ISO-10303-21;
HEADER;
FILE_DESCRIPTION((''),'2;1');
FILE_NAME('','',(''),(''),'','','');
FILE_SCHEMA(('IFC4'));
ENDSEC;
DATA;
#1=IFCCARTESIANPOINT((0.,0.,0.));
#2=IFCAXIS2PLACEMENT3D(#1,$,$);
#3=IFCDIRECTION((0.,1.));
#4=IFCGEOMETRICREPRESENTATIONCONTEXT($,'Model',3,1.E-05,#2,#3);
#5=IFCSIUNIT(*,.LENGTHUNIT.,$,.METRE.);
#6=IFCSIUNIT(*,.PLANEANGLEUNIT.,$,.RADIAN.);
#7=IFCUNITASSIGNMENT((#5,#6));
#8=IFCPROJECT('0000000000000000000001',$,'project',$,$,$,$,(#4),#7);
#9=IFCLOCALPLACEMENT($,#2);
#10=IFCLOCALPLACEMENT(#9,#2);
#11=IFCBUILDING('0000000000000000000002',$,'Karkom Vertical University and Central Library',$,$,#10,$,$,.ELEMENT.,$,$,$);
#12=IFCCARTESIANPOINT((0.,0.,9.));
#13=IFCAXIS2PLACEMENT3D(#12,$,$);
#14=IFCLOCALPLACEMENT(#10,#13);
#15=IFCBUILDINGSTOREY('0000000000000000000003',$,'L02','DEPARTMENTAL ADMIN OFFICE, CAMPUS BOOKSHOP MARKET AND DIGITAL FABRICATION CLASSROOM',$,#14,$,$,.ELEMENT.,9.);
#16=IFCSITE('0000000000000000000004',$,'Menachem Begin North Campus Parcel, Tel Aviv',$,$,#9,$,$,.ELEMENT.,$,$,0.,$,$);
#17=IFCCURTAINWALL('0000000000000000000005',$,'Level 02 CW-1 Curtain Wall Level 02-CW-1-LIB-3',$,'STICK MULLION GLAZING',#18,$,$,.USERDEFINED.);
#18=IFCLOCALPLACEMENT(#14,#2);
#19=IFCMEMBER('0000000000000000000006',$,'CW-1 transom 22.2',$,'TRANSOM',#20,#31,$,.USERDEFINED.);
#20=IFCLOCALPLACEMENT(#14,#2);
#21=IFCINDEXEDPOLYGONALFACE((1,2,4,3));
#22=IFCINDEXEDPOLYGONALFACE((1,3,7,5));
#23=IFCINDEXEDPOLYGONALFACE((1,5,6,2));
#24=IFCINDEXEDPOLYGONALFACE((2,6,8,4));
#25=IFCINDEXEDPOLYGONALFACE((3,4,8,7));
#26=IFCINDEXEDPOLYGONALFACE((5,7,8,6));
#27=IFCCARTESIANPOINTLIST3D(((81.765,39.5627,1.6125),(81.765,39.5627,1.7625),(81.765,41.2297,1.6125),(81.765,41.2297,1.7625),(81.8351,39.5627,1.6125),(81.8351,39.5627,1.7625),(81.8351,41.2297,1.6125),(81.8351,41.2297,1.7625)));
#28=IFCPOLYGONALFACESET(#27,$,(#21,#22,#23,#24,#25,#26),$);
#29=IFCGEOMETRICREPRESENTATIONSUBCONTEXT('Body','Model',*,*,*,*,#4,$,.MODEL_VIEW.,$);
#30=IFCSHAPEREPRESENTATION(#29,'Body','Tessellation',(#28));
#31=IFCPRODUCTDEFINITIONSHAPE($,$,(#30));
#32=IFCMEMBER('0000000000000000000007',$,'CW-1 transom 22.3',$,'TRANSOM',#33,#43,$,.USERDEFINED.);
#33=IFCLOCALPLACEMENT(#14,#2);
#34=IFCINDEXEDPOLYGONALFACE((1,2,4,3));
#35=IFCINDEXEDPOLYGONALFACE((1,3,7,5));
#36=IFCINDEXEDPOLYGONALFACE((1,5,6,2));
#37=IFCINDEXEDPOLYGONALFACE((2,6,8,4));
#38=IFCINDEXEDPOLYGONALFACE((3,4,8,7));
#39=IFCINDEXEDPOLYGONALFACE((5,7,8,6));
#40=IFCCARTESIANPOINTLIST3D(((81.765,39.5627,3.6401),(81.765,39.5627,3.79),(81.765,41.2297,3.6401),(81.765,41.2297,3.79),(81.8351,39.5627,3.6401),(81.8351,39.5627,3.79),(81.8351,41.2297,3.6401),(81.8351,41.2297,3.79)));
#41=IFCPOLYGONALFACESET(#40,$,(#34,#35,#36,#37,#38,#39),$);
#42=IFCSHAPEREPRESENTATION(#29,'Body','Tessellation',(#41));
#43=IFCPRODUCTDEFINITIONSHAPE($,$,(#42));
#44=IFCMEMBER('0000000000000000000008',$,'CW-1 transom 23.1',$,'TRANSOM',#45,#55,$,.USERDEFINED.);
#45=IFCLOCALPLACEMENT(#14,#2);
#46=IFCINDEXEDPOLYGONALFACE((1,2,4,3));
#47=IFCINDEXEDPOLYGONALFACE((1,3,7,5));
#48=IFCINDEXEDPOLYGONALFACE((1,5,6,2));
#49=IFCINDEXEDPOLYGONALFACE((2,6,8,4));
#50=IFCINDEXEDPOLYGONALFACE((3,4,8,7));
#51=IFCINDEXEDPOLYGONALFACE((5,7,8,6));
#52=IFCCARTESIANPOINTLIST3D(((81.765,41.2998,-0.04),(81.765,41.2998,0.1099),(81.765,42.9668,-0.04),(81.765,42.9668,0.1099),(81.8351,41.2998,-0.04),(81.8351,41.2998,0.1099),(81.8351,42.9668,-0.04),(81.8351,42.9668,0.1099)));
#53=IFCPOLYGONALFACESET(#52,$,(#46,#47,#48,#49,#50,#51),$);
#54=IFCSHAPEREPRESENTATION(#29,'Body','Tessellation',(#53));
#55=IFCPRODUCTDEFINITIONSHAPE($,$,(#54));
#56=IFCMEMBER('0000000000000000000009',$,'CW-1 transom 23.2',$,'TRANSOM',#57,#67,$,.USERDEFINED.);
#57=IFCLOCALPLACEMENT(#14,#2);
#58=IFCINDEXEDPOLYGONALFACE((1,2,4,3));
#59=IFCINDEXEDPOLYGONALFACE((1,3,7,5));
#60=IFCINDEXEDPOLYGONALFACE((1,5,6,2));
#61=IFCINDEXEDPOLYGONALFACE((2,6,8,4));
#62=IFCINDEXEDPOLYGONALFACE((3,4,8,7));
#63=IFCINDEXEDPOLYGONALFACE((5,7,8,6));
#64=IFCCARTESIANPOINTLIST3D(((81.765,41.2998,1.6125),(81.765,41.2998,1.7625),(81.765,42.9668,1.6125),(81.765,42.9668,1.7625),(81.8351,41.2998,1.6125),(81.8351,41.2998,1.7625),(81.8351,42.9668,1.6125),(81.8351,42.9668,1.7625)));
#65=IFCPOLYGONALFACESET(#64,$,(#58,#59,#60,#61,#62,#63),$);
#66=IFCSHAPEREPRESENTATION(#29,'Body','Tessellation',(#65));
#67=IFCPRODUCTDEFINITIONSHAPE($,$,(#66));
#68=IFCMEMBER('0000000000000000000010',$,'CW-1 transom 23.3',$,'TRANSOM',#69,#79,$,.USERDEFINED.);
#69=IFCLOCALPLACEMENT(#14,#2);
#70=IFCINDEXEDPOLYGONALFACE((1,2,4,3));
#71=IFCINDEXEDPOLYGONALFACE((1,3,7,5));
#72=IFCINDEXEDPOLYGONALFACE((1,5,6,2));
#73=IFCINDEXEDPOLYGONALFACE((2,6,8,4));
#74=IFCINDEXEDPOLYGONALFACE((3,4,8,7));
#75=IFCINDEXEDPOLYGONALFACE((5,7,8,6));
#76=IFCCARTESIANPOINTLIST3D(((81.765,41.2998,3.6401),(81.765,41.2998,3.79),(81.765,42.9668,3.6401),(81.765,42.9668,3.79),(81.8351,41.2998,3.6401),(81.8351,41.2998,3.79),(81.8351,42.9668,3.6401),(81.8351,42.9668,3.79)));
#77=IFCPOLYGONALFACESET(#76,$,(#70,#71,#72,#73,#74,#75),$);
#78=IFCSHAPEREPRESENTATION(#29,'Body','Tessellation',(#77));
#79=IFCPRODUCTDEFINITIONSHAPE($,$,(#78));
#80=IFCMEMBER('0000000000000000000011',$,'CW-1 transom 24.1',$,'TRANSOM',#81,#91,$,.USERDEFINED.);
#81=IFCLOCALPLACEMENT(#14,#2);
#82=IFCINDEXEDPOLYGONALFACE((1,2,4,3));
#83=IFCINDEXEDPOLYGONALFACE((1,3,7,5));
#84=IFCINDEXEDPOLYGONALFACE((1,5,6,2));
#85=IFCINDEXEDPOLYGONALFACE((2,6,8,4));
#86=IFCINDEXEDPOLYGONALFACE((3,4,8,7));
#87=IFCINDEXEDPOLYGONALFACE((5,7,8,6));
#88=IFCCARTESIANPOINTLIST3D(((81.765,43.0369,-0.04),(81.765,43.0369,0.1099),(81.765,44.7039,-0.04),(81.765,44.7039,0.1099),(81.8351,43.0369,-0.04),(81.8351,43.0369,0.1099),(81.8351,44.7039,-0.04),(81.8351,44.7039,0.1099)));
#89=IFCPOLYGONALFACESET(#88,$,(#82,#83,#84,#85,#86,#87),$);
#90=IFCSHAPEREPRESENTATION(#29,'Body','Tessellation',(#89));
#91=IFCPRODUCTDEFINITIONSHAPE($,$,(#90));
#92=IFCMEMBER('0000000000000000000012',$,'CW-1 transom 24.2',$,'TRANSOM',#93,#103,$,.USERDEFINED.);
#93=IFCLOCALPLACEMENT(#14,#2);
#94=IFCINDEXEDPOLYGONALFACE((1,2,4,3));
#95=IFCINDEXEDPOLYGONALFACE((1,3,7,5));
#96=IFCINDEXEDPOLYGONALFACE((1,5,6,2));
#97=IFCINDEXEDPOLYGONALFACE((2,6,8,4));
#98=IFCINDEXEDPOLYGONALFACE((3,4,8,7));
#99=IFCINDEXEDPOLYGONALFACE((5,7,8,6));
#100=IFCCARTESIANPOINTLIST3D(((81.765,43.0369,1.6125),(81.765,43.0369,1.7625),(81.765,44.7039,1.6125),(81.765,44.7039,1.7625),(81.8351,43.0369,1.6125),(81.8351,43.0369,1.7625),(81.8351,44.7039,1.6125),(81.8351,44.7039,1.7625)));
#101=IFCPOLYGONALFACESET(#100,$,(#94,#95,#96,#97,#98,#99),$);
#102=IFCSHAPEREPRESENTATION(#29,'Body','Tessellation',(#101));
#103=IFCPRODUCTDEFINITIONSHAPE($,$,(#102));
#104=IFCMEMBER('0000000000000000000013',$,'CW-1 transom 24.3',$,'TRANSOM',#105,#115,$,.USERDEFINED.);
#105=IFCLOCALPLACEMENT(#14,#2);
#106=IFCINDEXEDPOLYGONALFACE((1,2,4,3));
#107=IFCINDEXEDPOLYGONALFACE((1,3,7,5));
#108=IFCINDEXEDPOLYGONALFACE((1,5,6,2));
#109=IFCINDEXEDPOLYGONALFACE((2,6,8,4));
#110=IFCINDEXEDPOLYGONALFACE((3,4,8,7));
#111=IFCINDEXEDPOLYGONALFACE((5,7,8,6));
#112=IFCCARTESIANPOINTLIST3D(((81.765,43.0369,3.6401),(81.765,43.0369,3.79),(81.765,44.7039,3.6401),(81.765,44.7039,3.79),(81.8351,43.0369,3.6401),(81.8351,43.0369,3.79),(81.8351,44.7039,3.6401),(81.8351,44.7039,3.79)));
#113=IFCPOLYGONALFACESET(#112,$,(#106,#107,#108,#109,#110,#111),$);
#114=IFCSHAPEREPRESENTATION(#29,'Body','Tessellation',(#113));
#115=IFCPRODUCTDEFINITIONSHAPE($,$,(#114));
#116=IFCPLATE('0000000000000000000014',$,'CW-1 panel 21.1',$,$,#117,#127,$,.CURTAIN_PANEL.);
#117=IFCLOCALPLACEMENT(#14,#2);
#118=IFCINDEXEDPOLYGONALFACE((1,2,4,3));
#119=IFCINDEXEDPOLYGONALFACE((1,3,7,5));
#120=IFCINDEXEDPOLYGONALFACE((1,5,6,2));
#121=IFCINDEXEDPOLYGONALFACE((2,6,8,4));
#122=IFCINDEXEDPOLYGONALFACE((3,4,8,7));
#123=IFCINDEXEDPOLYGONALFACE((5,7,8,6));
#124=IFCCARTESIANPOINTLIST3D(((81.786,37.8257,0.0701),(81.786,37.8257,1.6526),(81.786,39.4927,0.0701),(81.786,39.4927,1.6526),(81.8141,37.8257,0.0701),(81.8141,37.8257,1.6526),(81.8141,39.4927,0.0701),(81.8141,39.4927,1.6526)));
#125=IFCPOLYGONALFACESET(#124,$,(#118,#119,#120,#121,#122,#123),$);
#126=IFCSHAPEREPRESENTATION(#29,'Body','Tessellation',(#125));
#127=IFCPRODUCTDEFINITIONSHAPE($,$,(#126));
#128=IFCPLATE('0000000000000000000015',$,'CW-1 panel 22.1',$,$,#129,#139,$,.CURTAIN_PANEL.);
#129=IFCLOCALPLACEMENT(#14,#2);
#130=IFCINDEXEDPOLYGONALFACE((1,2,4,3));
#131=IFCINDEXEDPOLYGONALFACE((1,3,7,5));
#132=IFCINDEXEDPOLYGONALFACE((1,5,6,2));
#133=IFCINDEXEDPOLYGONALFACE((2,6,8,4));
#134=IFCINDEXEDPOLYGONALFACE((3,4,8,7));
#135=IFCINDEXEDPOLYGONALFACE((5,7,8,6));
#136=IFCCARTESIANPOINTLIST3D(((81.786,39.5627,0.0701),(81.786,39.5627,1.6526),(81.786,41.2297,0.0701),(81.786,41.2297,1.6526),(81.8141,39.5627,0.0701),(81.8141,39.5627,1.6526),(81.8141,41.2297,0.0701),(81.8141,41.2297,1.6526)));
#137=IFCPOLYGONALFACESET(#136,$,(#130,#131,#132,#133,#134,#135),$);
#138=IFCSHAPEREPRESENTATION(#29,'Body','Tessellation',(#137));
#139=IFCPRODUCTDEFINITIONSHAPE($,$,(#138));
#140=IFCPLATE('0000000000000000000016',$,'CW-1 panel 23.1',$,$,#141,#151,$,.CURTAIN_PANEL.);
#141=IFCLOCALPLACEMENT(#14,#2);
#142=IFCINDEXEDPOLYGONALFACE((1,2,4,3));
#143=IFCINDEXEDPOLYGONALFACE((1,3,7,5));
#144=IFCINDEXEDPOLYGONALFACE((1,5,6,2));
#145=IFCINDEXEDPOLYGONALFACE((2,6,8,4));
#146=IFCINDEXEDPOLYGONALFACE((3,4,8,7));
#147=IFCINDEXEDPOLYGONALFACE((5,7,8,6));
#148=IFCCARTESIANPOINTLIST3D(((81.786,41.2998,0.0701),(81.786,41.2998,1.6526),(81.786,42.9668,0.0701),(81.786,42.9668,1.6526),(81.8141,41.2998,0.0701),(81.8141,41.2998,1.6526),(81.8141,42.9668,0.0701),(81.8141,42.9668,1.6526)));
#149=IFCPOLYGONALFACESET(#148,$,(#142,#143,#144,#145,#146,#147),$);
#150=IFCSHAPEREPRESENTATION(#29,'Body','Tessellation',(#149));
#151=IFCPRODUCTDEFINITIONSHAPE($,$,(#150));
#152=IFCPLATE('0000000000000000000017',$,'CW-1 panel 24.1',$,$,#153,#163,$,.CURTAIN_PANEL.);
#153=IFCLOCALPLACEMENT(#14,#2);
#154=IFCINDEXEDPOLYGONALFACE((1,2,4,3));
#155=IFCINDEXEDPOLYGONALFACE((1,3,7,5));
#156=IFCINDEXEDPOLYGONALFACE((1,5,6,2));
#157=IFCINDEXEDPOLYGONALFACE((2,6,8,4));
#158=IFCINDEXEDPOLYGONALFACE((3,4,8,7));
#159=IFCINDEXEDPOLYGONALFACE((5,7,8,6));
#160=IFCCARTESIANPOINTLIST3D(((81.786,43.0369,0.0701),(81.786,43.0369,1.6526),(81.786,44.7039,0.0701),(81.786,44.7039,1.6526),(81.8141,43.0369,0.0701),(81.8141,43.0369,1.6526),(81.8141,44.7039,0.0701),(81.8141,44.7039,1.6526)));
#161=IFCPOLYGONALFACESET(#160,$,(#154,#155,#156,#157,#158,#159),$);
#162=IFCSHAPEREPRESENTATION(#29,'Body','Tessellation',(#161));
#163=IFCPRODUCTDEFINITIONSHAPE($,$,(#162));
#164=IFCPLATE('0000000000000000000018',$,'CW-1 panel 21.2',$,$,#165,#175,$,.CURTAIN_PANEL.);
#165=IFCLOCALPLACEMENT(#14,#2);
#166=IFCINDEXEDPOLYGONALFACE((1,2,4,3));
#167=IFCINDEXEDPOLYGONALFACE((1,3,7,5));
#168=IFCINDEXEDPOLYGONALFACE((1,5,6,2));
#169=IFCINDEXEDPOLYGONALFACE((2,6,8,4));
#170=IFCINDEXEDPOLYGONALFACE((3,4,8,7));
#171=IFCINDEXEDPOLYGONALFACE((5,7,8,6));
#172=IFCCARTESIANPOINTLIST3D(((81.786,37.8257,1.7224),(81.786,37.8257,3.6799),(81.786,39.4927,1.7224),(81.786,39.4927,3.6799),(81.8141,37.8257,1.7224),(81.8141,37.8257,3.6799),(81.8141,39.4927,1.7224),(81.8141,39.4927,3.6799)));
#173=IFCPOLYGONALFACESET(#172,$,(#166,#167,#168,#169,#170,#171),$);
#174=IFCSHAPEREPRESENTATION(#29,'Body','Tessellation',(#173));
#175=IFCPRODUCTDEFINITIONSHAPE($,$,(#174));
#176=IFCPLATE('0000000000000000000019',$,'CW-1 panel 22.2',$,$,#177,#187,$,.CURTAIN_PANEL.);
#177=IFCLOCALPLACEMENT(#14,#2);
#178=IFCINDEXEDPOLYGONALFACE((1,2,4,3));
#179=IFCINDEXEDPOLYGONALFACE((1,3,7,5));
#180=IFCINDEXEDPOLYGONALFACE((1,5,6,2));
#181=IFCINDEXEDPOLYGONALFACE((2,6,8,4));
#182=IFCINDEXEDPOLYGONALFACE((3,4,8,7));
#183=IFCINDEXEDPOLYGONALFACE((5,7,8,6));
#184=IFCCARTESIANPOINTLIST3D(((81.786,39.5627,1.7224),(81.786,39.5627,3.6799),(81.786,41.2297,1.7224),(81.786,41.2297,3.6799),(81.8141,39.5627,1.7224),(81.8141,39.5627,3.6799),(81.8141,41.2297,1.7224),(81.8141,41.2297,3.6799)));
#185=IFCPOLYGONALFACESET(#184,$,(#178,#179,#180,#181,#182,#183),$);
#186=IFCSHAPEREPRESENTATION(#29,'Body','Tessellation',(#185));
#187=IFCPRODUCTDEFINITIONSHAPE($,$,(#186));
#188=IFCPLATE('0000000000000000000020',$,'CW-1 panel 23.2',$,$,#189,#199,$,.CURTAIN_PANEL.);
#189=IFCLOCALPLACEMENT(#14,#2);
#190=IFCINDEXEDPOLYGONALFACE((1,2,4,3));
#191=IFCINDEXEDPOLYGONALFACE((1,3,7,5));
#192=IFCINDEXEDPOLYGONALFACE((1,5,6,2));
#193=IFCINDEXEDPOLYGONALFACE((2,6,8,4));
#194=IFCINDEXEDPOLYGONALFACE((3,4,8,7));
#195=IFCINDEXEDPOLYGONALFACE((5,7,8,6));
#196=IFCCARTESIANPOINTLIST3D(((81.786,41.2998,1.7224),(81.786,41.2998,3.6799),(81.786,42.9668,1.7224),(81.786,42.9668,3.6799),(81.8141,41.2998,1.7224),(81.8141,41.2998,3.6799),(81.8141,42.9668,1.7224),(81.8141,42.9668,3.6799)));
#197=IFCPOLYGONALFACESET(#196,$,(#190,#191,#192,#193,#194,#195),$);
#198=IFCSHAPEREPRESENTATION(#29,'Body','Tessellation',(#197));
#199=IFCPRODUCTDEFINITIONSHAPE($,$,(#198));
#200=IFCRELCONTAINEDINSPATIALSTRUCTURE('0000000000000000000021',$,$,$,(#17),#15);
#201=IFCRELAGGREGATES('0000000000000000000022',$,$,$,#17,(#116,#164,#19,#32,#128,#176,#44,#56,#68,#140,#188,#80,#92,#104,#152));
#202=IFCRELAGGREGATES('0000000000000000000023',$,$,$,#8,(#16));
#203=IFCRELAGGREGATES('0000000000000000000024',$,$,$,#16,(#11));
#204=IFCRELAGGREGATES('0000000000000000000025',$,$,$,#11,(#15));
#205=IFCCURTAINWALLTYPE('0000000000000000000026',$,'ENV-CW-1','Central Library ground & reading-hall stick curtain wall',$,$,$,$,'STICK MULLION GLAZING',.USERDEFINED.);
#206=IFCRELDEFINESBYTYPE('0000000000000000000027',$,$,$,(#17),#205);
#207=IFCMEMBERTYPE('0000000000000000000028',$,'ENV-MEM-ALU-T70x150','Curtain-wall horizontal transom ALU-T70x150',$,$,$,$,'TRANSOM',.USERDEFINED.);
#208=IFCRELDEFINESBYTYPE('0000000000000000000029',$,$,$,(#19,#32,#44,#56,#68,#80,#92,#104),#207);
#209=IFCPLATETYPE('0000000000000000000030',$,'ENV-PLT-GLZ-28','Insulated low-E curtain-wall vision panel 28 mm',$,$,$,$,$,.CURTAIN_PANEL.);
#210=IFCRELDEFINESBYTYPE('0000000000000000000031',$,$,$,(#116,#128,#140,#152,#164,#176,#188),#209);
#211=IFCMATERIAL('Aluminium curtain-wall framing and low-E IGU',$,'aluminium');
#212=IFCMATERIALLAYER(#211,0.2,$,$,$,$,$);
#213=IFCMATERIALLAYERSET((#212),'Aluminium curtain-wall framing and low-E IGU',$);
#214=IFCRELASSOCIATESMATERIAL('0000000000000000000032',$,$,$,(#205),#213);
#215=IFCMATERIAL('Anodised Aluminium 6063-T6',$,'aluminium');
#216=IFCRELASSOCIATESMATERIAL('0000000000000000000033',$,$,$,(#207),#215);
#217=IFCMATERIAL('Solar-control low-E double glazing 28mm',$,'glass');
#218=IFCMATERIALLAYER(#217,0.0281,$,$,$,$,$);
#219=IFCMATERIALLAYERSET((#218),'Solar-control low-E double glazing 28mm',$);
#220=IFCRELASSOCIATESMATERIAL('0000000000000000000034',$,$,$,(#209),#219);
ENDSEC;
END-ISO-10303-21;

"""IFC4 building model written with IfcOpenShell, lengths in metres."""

from ifc_helpers import new_model, si_unit, direction, frame, origin, origin_with_axes, origin_2d, place, context, subcontext, project, spatial, rectangle, extrude, source, transform, mapped, material, layer, layer_set, material_profile, profile_set, type_object, element, aggregate, save


model = new_model("IFC4")

# Units and contexts
model_context = context("Model", 3, precision=1e-05, world=origin(), true_north=direction((0.0, 1.0)))
body_context = subcontext(model_context, "Body", "Model", "MODEL_VIEW")
ifc_project = project(units=[si_unit("LENGTHUNIT", "METRE"), si_unit("PLANEANGLEUNIT", "RADIAN")], contexts=[model_context])

# Site, building, storey
site_placement = place(None, origin())
site = spatial("IfcSite", under=ifc_project, at=site_placement, Name="Menachem Begin North Campus Parcel, Tel Aviv", CompositionType="ELEMENT", RefElevation=0.0)
building_placement = place(site_placement, origin())
building = spatial("IfcBuilding", under=site, at=building_placement, Name="Karkom Vertical University and Central Library", CompositionType="ELEMENT")
storey_placement = place(building_placement, frame((0.0, 0.0, 9.0)))
storey = spatial("IfcBuildingStorey", under=building, at=storey_placement, Name="L02", Description="DEPARTMENTAL ADMIN OFFICE, CAMPUS BOOKSHOP MARKET AND DIGITAL FABRICATION CLASSROOM", CompositionType="ELEMENT", Elevation=9.0)

# Curtain wall, members, plates
ifc_material_1 = material(Name="Aluminium curtain-wall framing and low-E IGU", Category="aluminium")
ifc_layer_1 = layer(ifc_material_1, 0.2)
ifc_layer_set_1 = layer_set([ifc_layer_1], Name="Aluminium curtain-wall framing and low-E IGU")
curtain_wall_type = type_object("IfcCurtainWallType", Name="ENV-CW-1", Description="Central Library ground & reading-hall stick curtain wall", ElementType="STICK MULLION GLAZING", PredefinedType="USERDEFINED", material=ifc_layer_set_1)
curtain_wall_placement = place(storey_placement, origin())
curtain_wall = element("IfcCurtainWall", 1, at=curtain_wall_placement, inside=storey, type_object=curtain_wall_type, Name="Level 02 CW-1 Curtain Wall Level 02-CW-1-LIB-3", ObjectType="STICK MULLION GLAZING", PredefinedType="USERDEFINED")
ifc_material_2 = material(Name="Anodised Aluminium 6063-T6", Category="aluminium")
ifc_material_profile_1 = material_profile(ifc_material_2, rectangle(XDim=0.0701, YDim=0.1499, at=origin_2d()), Name="ALU-T70x150")
ifc_profile_set_1 = profile_set([ifc_material_profile_1], Name="Anodised Aluminium 6063-T6")
member_type_1 = type_object("IfcMemberType", Name="ENV-MEM-ALU-T70x150", Description="Curtain-wall horizontal transom ALU-T70x150", ElementType="TRANSOM", PredefinedType="USERDEFINED", material=ifc_profile_set_1)
shared_shape_1 = source(origin_with_axes(), body_context, "Body", "SweptSolid", [
    extrude(rectangle(XDim=0.0701, YDim=0.1499, at=origin_2d()), origin(), (0.0, 0.0, 1.0), 1.667),
])
member_1_placement = place(storey_placement, frame((81.8, 39.5627, 1.6875), z_axis=(0.0, 1.0, 0.0), x_axis=(-1.0, 0.0, 0.0)))
member_1 = element("IfcMember", 2, at=member_1_placement, type_object=member_type_1, Name="CW-1 transom 22.2", ObjectType="TRANSOM", PredefinedType="USERDEFINED", context=body_context, shape_type="MappedRepresentation", body=[
    mapped(shared_shape_1, transform((0.0, 0.0, 0.0), scale=1.0)),
])
member_2_placement = place(storey_placement, frame((81.8, 39.5627, 3.7151), z_axis=(0.0, 1.0, 0.0), x_axis=(-1.0, 0.0, 0.0)))
member_2 = element("IfcMember", 3, at=member_2_placement, type_object=member_type_1, Name="CW-1 transom 22.3", ObjectType="TRANSOM", PredefinedType="USERDEFINED", context=body_context, shape_type="MappedRepresentation", body=[
    mapped(shared_shape_1, transform((0.0, 0.0, 0.0), scale=1.0)),
])
member_3_placement = place(storey_placement, frame((81.8, 41.2998, 0.0349), z_axis=(0.0, 1.0, 0.0), x_axis=(-1.0, 0.0, 0.0)))
member_3 = element("IfcMember", 4, at=member_3_placement, type_object=member_type_1, Name="CW-1 transom 23.1", ObjectType="TRANSOM", PredefinedType="USERDEFINED", context=body_context, shape_type="MappedRepresentation", body=[
    mapped(shared_shape_1, transform((0.0, 0.0, 0.0), scale=1.0)),
])
member_4_placement = place(storey_placement, frame((81.8, 41.2998, 1.6875), z_axis=(0.0, 1.0, 0.0), x_axis=(-1.0, 0.0, 0.0)))
member_4 = element("IfcMember", 5, at=member_4_placement, type_object=member_type_1, Name="CW-1 transom 23.2", ObjectType="TRANSOM", PredefinedType="USERDEFINED", context=body_context, shape_type="MappedRepresentation", body=[
    mapped(shared_shape_1, transform((0.0, 0.0, 0.0), scale=1.0)),
])
member_5_placement = place(storey_placement, frame((81.8, 41.2998, 3.7151), z_axis=(0.0, 1.0, 0.0), x_axis=(-1.0, 0.0, 0.0)))
member_5 = element("IfcMember", 6, at=member_5_placement, type_object=member_type_1, Name="CW-1 transom 23.3", ObjectType="TRANSOM", PredefinedType="USERDEFINED", context=body_context, shape_type="MappedRepresentation", body=[
    mapped(shared_shape_1, transform((0.0, 0.0, 0.0), scale=1.0)),
])
member_6_placement = place(storey_placement, frame((81.8, 43.0369, 0.0349), z_axis=(0.0, 1.0, 0.0), x_axis=(-1.0, 0.0, 0.0)))
member_6 = element("IfcMember", 7, at=member_6_placement, type_object=member_type_1, Name="CW-1 transom 24.1", ObjectType="TRANSOM", PredefinedType="USERDEFINED", context=body_context, shape_type="MappedRepresentation", body=[
    mapped(shared_shape_1, transform((0.0, 0.0, 0.0), scale=1.0)),
])
member_7_placement = place(storey_placement, frame((81.8, 43.0369, 1.6875), z_axis=(0.0, 1.0, 0.0), x_axis=(-1.0, 0.0, 0.0)))
member_7 = element("IfcMember", 8, at=member_7_placement, type_object=member_type_1, Name="CW-1 transom 24.2", ObjectType="TRANSOM", PredefinedType="USERDEFINED", context=body_context, shape_type="MappedRepresentation", body=[
    mapped(shared_shape_1, transform((0.0, 0.0, 0.0), scale=1.0)),
])
member_8_placement = place(storey_placement, frame((81.8, 43.0369, 3.7151), z_axis=(0.0, 1.0, 0.0), x_axis=(-1.0, 0.0, 0.0)))
member_8 = element("IfcMember", 9, at=member_8_placement, type_object=member_type_1, Name="CW-1 transom 24.3", ObjectType="TRANSOM", PredefinedType="USERDEFINED", context=body_context, shape_type="MappedRepresentation", body=[
    mapped(shared_shape_1, transform((0.0, 0.0, 0.0), scale=1.0)),
])
ifc_material_3 = material(Name="Solar-control low-E double glazing 28mm", Category="glass")
ifc_layer_2 = layer(ifc_material_3, 0.0281)
ifc_layer_set_2 = layer_set([ifc_layer_2], Name="Solar-control low-E double glazing 28mm")
plate_type = type_object("IfcPlateType", Name="ENV-PLT-GLZ-28", Description="Insulated low-E curtain-wall vision panel 28 mm", PredefinedType="CURTAIN_PANEL", material=ifc_layer_set_2)
shared_shape_2 = source(origin_with_axes(), body_context, "Body", "SweptSolid", [
    extrude(rectangle(XDim=1.667, YDim=0.0281, at=origin_2d()), origin(), (0.0, 0.0, 1.0), 1.5825),
])
plate_1_placement = place(storey_placement, frame((81.8, 38.6592, 0.0701), z_axis=(0.0, 0.0, 1.0), x_axis=(0.0, 1.0, 0.0)))
plate_1 = element("IfcPlate", 10, at=plate_1_placement, type_object=plate_type, Name="CW-1 panel 21.1", PredefinedType="CURTAIN_PANEL", context=body_context, shape_type="MappedRepresentation", body=[
    mapped(shared_shape_2, transform((0.0, 0.0, 0.0), scale=1.0)),
])
plate_2_placement = place(storey_placement, frame((81.8, 40.3962, 0.0701), z_axis=(0.0, 0.0, 1.0), x_axis=(0.0, 1.0, 0.0)))
plate_2 = element("IfcPlate", 11, at=plate_2_placement, type_object=plate_type, Name="CW-1 panel 22.1", PredefinedType="CURTAIN_PANEL", context=body_context, shape_type="MappedRepresentation", body=[
    mapped(shared_shape_2, transform((0.0, 0.0, 0.0), scale=1.0)),
])
plate_3_placement = place(storey_placement, frame((81.8, 42.1333, 0.0701), z_axis=(0.0, 0.0, 1.0), x_axis=(0.0, 1.0, 0.0)))
plate_3 = element("IfcPlate", 12, at=plate_3_placement, type_object=plate_type, Name="CW-1 panel 23.1", PredefinedType="CURTAIN_PANEL", context=body_context, shape_type="MappedRepresentation", body=[
    mapped(shared_shape_2, transform((0.0, 0.0, 0.0), scale=1.0)),
])
plate_4_placement = place(storey_placement, frame((81.8, 43.8704, 0.0701), z_axis=(0.0, 0.0, 1.0), x_axis=(0.0, 1.0, 0.0)))
plate_4 = element("IfcPlate", 13, at=plate_4_placement, type_object=plate_type, Name="CW-1 panel 24.1", PredefinedType="CURTAIN_PANEL", context=body_context, shape_type="MappedRepresentation", body=[
    mapped(shared_shape_2, transform((0.0, 0.0, 0.0), scale=1.0)),
])
shared_shape_3 = source(origin_with_axes(), body_context, "Body", "SweptSolid", [
    extrude(rectangle(XDim=1.667, YDim=0.0281, at=origin_2d()), origin(), (0.0, 0.0, 1.0), 1.9575),
])
plate_5_placement = place(storey_placement, frame((81.8, 38.6592, 1.7224), z_axis=(0.0, 0.0, 1.0), x_axis=(0.0, 1.0, 0.0)))
plate_5 = element("IfcPlate", 14, at=plate_5_placement, type_object=plate_type, Name="CW-1 panel 21.2", PredefinedType="CURTAIN_PANEL", context=body_context, shape_type="MappedRepresentation", body=[
    mapped(shared_shape_3, transform((0.0, 0.0, 0.0), scale=1.0)),
])
plate_6_placement = place(storey_placement, frame((81.8, 40.3962, 1.7224), z_axis=(0.0, 0.0, 1.0), x_axis=(0.0, 1.0, 0.0)))
plate_6 = element("IfcPlate", 15, at=plate_6_placement, type_object=plate_type, Name="CW-1 panel 22.2", PredefinedType="CURTAIN_PANEL", context=body_context, shape_type="MappedRepresentation", body=[
    mapped(shared_shape_3, transform((0.0, 0.0, 0.0), scale=1.0)),
])
plate_7_placement = place(storey_placement, frame((81.8, 42.1333, 1.7224), z_axis=(0.0, 0.0, 1.0), x_axis=(0.0, 1.0, 0.0)))
plate_7 = element("IfcPlate", 16, at=plate_7_placement, type_object=plate_type, Name="CW-1 panel 23.2", PredefinedType="CURTAIN_PANEL", context=body_context, shape_type="MappedRepresentation", body=[
    mapped(shared_shape_3, transform((0.0, 0.0, 0.0), scale=1.0)),
])
aggregate(curtain_wall, [plate_1, plate_5, member_1, member_2, plate_2, plate_6, member_3, member_4, member_5, plate_3, plate_7, member_6, member_7, member_8, plate_4])

save(model, "model.ifc")
